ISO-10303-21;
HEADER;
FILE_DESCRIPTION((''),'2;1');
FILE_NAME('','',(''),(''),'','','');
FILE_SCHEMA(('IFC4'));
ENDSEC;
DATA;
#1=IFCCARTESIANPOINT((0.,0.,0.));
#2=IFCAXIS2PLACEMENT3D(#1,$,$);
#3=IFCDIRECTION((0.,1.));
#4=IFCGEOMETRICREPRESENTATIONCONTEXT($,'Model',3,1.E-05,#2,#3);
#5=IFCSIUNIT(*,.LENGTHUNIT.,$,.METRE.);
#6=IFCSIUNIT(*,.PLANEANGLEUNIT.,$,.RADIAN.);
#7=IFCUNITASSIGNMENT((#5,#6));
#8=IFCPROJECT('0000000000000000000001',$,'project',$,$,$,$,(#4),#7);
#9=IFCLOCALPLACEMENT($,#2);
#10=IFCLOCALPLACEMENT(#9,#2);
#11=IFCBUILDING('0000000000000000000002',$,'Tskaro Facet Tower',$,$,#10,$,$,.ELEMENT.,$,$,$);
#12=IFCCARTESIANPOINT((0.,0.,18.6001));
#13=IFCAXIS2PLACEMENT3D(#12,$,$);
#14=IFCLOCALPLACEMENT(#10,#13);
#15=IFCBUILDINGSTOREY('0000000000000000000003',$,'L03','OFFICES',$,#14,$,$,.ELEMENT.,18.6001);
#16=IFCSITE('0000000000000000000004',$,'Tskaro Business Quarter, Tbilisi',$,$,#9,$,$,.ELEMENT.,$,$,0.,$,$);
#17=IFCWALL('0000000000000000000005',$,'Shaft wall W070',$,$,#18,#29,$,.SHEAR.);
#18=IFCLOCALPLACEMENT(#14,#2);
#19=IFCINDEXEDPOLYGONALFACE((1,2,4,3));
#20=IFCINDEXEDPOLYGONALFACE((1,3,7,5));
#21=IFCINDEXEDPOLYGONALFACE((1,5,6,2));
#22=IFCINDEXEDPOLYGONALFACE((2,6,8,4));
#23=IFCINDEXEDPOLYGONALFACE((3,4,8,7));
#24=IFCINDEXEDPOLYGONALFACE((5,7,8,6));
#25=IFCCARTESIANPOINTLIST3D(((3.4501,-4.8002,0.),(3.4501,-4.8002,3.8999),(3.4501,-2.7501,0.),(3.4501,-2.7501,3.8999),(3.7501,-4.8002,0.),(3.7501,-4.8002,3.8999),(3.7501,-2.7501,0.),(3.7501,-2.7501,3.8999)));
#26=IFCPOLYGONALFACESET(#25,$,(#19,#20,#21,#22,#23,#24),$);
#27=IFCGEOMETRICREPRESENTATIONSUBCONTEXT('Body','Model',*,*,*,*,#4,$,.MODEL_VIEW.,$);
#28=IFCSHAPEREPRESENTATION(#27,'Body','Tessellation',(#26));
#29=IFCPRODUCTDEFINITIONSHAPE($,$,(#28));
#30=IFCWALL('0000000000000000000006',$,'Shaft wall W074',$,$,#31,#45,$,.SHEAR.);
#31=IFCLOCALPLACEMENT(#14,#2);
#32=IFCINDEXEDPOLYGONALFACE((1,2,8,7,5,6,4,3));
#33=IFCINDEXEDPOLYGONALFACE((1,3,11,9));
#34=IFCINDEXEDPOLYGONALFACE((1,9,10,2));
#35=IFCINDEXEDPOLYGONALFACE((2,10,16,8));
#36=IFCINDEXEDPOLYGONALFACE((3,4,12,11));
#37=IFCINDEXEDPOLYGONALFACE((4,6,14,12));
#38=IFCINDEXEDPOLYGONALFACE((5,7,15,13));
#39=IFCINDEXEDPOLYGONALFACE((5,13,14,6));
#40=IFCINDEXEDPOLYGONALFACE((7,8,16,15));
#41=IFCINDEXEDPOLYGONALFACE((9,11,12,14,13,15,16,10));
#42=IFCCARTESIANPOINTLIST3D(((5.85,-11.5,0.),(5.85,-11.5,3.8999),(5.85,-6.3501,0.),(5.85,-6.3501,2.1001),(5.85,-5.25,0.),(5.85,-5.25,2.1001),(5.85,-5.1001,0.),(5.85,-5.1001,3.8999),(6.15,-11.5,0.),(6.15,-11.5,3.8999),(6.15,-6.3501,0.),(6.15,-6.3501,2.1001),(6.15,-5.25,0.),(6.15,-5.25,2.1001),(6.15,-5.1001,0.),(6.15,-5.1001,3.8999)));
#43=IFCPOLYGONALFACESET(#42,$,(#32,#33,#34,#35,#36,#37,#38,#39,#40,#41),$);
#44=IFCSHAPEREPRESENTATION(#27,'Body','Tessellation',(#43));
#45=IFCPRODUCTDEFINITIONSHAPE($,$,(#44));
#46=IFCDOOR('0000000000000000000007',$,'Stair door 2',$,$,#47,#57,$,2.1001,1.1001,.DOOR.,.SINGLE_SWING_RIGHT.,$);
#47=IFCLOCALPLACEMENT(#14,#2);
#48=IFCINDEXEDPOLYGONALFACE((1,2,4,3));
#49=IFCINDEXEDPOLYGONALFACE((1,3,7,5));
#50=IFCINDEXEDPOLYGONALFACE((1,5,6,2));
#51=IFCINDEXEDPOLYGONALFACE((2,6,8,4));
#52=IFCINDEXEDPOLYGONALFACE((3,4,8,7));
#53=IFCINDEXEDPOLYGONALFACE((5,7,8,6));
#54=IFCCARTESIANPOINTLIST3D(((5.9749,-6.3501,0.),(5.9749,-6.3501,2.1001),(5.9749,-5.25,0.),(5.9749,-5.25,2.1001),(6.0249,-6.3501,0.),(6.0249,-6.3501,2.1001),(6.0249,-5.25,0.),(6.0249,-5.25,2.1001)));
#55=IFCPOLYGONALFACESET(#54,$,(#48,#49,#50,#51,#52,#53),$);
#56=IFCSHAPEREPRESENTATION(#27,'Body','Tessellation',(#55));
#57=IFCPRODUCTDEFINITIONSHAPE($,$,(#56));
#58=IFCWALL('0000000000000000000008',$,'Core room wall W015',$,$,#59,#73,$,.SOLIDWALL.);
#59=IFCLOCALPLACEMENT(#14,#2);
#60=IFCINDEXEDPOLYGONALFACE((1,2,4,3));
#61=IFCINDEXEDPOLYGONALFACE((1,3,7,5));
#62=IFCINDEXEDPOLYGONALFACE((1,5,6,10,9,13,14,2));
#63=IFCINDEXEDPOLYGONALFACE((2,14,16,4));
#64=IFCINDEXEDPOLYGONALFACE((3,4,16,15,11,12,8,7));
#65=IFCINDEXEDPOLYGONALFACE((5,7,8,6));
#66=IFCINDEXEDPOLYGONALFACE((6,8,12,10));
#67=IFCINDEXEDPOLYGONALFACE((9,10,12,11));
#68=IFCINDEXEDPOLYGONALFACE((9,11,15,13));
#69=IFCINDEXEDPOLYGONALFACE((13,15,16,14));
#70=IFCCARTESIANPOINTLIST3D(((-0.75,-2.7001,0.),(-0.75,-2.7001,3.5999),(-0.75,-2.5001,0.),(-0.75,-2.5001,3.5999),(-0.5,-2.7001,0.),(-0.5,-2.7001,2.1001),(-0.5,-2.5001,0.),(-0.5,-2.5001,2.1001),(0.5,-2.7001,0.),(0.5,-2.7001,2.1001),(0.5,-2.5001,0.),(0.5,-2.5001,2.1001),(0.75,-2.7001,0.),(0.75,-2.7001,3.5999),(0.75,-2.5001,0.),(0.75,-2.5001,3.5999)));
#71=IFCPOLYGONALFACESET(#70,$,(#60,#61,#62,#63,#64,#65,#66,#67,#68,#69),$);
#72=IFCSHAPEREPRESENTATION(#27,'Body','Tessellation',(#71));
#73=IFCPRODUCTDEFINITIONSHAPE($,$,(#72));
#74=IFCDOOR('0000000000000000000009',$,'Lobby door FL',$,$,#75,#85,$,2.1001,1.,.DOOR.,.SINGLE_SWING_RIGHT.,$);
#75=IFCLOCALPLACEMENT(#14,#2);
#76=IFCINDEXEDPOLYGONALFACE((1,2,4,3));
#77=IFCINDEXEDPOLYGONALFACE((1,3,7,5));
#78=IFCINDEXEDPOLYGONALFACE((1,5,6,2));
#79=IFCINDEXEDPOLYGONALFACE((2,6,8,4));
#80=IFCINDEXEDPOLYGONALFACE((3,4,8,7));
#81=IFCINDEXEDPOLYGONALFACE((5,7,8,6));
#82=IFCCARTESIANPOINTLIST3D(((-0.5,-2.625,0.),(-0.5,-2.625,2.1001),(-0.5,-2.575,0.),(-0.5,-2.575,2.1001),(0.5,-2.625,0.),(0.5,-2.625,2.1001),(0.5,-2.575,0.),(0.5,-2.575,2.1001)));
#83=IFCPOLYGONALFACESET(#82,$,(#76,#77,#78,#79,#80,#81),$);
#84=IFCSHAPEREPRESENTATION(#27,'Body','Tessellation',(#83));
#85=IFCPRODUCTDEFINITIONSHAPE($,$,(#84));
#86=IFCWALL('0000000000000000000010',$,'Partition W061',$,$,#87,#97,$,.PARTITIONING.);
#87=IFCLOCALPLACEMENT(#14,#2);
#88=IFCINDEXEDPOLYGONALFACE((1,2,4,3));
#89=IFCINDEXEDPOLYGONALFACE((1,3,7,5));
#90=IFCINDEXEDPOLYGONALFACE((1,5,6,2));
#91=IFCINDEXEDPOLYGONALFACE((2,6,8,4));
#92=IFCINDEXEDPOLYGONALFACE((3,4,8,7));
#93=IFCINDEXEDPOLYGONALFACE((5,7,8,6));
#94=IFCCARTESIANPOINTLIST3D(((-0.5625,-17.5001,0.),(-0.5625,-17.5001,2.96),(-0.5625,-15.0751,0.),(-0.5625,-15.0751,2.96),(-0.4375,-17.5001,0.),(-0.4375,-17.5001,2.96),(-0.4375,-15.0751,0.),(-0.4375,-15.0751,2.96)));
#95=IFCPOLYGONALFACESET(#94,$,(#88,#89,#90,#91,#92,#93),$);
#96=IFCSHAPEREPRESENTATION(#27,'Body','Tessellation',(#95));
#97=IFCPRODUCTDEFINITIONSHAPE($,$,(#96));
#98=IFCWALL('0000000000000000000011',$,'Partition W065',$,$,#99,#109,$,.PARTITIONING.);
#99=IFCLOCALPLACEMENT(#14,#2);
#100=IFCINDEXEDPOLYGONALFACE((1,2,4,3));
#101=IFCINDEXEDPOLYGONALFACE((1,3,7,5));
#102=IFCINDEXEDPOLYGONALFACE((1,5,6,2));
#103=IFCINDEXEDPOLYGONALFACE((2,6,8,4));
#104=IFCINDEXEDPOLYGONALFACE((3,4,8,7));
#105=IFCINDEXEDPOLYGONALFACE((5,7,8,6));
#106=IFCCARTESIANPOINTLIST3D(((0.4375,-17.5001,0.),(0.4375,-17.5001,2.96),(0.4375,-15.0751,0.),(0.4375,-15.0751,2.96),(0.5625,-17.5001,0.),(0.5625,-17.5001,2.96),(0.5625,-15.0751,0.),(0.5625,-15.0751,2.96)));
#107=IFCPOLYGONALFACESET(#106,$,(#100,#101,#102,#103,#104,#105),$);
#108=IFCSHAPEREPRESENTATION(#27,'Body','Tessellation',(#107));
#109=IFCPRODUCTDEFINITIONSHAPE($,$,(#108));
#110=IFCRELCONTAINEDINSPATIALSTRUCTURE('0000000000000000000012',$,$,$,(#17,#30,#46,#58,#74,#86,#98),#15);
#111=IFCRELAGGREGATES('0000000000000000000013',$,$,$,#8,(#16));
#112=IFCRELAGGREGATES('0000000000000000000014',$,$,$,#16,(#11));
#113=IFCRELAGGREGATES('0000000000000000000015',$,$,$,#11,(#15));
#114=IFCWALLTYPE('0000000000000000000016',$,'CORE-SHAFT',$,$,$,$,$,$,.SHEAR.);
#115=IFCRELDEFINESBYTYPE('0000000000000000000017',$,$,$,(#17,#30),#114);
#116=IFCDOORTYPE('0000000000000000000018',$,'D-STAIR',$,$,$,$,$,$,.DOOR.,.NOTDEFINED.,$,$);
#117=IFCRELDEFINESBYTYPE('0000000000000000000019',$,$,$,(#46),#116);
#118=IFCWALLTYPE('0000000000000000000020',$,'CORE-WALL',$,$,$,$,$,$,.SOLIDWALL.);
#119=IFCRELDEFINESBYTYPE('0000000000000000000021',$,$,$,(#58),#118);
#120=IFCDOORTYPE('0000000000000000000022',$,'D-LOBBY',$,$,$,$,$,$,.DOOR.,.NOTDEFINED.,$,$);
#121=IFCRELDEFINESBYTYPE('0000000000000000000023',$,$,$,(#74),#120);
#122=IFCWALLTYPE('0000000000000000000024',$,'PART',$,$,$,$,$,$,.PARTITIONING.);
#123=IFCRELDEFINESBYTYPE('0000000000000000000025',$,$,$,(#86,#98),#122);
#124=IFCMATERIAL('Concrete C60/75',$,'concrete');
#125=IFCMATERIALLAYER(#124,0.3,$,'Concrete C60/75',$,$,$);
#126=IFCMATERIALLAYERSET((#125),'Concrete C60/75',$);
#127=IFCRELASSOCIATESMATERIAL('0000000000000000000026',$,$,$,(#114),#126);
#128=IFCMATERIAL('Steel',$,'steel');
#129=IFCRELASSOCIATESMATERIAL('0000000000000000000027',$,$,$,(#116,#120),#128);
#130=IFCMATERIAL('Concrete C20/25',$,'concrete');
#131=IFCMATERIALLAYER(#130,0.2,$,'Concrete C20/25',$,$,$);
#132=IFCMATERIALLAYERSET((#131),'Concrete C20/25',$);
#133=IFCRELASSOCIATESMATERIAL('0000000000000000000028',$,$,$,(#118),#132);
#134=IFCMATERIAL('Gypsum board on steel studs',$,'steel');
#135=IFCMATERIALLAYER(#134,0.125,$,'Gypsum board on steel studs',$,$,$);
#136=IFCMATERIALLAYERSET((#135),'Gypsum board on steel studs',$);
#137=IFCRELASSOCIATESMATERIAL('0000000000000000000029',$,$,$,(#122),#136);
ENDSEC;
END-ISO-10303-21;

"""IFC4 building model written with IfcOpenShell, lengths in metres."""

from ifc_helpers import new_model, si_unit, direction, frame, frame_2d, origin, place, context, subcontext, project, spatial, rectangle, extrude, material, layer, layer_set, type_object, element, fill, save


model = new_model("IFC4")

# Units and contexts
model_context = context("Model", 3, precision=1e-05, world=origin(), true_north=direction((0.0, 1.0)))
body_context = subcontext(model_context, "Body", "Model", "MODEL_VIEW")
ifc_project = project(units=[si_unit("LENGTHUNIT", "METRE"), si_unit("PLANEANGLEUNIT", "RADIAN")], contexts=[model_context])

# Site, building, storey
site_placement = place(None, origin())
site = spatial("IfcSite", under=ifc_project, at=site_placement, Name="Tskaro Business Quarter, Tbilisi", CompositionType="ELEMENT", RefElevation=0.0)
building_placement = place(site_placement, origin())
building = spatial("IfcBuilding", under=site, at=building_placement, Name="Tskaro Facet Tower", CompositionType="ELEMENT")
storey_placement = place(building_placement, frame((0.0, 0.0, 18.6001)))
storey = spatial("IfcBuildingStorey", under=building, at=storey_placement, Name="L03", Description="OFFICES", CompositionType="ELEMENT", Elevation=18.6001)

# Shared definitions
ifc_material_1 = material(Name="Concrete C60/75", Category="concrete")
ifc_layer_1 = layer(ifc_material_1, 0.3, Name="Concrete C60/75")
ifc_layer_set_1 = layer_set([ifc_layer_1], Name="Concrete C60/75")
wall_type_1 = type_object("IfcWallType", Name="CORE-SHAFT", PredefinedType="SHEAR", material=ifc_layer_set_1)

# Wall
wall_1_placement = place(storey_placement, frame((3.6001, -4.8, 0.0), z_axis=(0.0, 0.0, 1.0), x_axis=(0.0, 1.0, 0.0)))
element("IfcWall", 1, at=wall_1_placement, inside=storey, type_object=wall_type_1, Name="Shaft wall W070", PredefinedType="SHEAR", context=body_context, shape_type="SweptSolid", body=[
    extrude(rectangle(XDim=2.05, YDim=0.3, at=frame_2d((1.0249, 0.0))), origin(), (0.0, 0.0, 1.0), 3.8999),
])

# Walls, openings, doors
wall_2_placement = place(storey_placement, frame((6.0, -5.1001, 0.0), z_axis=(0.0, 0.0, 1.0), x_axis=(0.0, -1.0, 0.0)))
wall_2 = element("IfcWall", 2, at=wall_2_placement, inside=storey, type_object=wall_type_1, Name="Shaft wall W074", PredefinedType="SHEAR", context=body_context, shape_type="SweptSolid", body=[
    extrude(rectangle(XDim=6.3999, YDim=0.3, at=frame_2d((3.2, 0.0))), origin(), (0.0, 0.0, 1.0), 3.8999),
])
opening_1_placement = place(wall_2_placement, frame((0.1499, 0.0, 0.0)))
opening_1 = element("IfcOpeningElement", 3, at=opening_1_placement, cuts=wall_2, PredefinedType="OPENING", context=body_context, shape_type="SweptSolid", body=[
    extrude(rectangle(XDim=1.1001, YDim=2.1001, at=frame_2d((0.55, 1.05))), frame((0.0, 0.1599, 0.0), z_axis=(0.0, -1.0, 0.0), x_axis=(1.0, 0.0, 0.0)), (0.0, 0.0, 1.0), 0.3201),
])
ifc_material_2 = material(Name="Steel", Category="steel")
door_type_1 = type_object("IfcDoorType", Name="D-STAIR", OperationType="NOTDEFINED", PredefinedType="DOOR", material=ifc_material_2)
door_1_placement = place(opening_1_placement, origin())
door_1 = element("IfcDoor", 4, at=door_1_placement, inside=storey, type_object=door_type_1, Name="Stair door 2", OperationType="SINGLE_SWING_RIGHT", OverallHeight=2.1001, OverallWidth=1.1001, PredefinedType="DOOR", context=body_context, shape_type="SweptSolid", body=[
    extrude(rectangle(XDim=1.1001, YDim=2.1001, at=frame_2d((0.55, 1.05))), frame((0.0, 0.0249, 0.0), z_axis=(0.0, -1.0, 0.0), x_axis=(1.0, 0.0, 0.0)), (0.0, 0.0, 1.0), 0.05),
])
fill(opening_1, door_1)
ifc_material_3 = material(Name="Concrete C20/25", Category="concrete")
ifc_layer_2 = layer(ifc_material_3, 0.2, Name="Concrete C20/25")
ifc_layer_set_2 = layer_set([ifc_layer_2], Name="Concrete C20/25")
wall_type_2 = type_object("IfcWallType", Name="CORE-WALL", PredefinedType="SOLIDWALL", material=ifc_layer_set_2)
wall_3_placement = place(storey_placement, frame((0.75, -2.6001, 0.0), z_axis=(0.0, 0.0, 1.0), x_axis=(-1.0, 0.0, 0.0)))
wall_3 = element("IfcWall", 5, at=wall_3_placement, inside=storey, type_object=wall_type_2, Name="Core room wall W015", PredefinedType="SOLIDWALL", context=body_context, shape_type="SweptSolid", body=[
    extrude(rectangle(XDim=1.5, YDim=0.2, at=frame_2d((0.75, 0.0))), origin(), (0.0, 0.0, 1.0), 3.5999),
])
opening_2_placement = place(wall_3_placement, frame((0.25, 0.0, 0.0)))
opening_2 = element("IfcOpeningElement", 6, at=opening_2_placement, cuts=wall_3, PredefinedType="OPENING", context=body_context, shape_type="SweptSolid", body=[
    extrude(rectangle(XDim=1.0, YDim=2.1001, at=frame_2d((0.5, 1.05))), frame((0.0, 0.1099, 0.0), z_axis=(0.0, -1.0, 0.0), x_axis=(1.0, 0.0, 0.0)), (0.0, 0.0, 1.0), 0.22),
])
door_type_2 = type_object("IfcDoorType", Name="D-LOBBY", OperationType="NOTDEFINED", PredefinedType="DOOR", material=ifc_material_2)
door_2_placement = place(opening_2_placement, origin())
door_2 = element("IfcDoor", 7, at=door_2_placement, inside=storey, type_object=door_type_2, Name="Lobby door FL", OperationType="SINGLE_SWING_RIGHT", OverallHeight=2.1001, OverallWidth=1.0, PredefinedType="DOOR", context=body_context, shape_type="SweptSolid", body=[
    extrude(rectangle(XDim=1.0, YDim=2.1001, at=frame_2d((0.5, 1.05))), frame((0.0, 0.0249, 0.0), z_axis=(0.0, -1.0, 0.0), x_axis=(1.0, 0.0, 0.0)), (0.0, 0.0, 1.0), 0.05),
])
fill(opening_2, door_2)

# Walls
ifc_material_4 = material(Name="Gypsum board on steel studs", Category="steel")
ifc_layer_3 = layer(ifc_material_4, 0.125, Name="Gypsum board on steel studs")
ifc_layer_set_3 = layer_set([ifc_layer_3], Name="Gypsum board on steel studs")
wall_type_3 = type_object("IfcWallType", Name="PART", PredefinedType="PARTITIONING", material=ifc_layer_set_3)
for number, where, z_axis, x_axis, name in (
    (8, (-0.5, -17.5, 0.0), (0.0, 0.0, 1.0), (0.0, 1.0, 0.0), "Partition W061"),
    (9, (0.5, -17.5, 0.0), (0.0, 0.0, 1.0), (0.0, 1.0, 0.0), "Partition W065"),
):
    element("IfcWall", number, at=place(storey_placement, frame(where, z_axis=z_axis, x_axis=x_axis)), inside=storey, type_object=wall_type_3, Name=name, PredefinedType="PARTITIONING", context=body_context, shape_type="SweptSolid", body=[
        extrude(rectangle(XDim=2.425, YDim=0.125, at=frame_2d((1.2124, 0.0))), origin(), (0.0, 0.0, 1.0), 2.96),
    ])

save(model, "model.ifc")
